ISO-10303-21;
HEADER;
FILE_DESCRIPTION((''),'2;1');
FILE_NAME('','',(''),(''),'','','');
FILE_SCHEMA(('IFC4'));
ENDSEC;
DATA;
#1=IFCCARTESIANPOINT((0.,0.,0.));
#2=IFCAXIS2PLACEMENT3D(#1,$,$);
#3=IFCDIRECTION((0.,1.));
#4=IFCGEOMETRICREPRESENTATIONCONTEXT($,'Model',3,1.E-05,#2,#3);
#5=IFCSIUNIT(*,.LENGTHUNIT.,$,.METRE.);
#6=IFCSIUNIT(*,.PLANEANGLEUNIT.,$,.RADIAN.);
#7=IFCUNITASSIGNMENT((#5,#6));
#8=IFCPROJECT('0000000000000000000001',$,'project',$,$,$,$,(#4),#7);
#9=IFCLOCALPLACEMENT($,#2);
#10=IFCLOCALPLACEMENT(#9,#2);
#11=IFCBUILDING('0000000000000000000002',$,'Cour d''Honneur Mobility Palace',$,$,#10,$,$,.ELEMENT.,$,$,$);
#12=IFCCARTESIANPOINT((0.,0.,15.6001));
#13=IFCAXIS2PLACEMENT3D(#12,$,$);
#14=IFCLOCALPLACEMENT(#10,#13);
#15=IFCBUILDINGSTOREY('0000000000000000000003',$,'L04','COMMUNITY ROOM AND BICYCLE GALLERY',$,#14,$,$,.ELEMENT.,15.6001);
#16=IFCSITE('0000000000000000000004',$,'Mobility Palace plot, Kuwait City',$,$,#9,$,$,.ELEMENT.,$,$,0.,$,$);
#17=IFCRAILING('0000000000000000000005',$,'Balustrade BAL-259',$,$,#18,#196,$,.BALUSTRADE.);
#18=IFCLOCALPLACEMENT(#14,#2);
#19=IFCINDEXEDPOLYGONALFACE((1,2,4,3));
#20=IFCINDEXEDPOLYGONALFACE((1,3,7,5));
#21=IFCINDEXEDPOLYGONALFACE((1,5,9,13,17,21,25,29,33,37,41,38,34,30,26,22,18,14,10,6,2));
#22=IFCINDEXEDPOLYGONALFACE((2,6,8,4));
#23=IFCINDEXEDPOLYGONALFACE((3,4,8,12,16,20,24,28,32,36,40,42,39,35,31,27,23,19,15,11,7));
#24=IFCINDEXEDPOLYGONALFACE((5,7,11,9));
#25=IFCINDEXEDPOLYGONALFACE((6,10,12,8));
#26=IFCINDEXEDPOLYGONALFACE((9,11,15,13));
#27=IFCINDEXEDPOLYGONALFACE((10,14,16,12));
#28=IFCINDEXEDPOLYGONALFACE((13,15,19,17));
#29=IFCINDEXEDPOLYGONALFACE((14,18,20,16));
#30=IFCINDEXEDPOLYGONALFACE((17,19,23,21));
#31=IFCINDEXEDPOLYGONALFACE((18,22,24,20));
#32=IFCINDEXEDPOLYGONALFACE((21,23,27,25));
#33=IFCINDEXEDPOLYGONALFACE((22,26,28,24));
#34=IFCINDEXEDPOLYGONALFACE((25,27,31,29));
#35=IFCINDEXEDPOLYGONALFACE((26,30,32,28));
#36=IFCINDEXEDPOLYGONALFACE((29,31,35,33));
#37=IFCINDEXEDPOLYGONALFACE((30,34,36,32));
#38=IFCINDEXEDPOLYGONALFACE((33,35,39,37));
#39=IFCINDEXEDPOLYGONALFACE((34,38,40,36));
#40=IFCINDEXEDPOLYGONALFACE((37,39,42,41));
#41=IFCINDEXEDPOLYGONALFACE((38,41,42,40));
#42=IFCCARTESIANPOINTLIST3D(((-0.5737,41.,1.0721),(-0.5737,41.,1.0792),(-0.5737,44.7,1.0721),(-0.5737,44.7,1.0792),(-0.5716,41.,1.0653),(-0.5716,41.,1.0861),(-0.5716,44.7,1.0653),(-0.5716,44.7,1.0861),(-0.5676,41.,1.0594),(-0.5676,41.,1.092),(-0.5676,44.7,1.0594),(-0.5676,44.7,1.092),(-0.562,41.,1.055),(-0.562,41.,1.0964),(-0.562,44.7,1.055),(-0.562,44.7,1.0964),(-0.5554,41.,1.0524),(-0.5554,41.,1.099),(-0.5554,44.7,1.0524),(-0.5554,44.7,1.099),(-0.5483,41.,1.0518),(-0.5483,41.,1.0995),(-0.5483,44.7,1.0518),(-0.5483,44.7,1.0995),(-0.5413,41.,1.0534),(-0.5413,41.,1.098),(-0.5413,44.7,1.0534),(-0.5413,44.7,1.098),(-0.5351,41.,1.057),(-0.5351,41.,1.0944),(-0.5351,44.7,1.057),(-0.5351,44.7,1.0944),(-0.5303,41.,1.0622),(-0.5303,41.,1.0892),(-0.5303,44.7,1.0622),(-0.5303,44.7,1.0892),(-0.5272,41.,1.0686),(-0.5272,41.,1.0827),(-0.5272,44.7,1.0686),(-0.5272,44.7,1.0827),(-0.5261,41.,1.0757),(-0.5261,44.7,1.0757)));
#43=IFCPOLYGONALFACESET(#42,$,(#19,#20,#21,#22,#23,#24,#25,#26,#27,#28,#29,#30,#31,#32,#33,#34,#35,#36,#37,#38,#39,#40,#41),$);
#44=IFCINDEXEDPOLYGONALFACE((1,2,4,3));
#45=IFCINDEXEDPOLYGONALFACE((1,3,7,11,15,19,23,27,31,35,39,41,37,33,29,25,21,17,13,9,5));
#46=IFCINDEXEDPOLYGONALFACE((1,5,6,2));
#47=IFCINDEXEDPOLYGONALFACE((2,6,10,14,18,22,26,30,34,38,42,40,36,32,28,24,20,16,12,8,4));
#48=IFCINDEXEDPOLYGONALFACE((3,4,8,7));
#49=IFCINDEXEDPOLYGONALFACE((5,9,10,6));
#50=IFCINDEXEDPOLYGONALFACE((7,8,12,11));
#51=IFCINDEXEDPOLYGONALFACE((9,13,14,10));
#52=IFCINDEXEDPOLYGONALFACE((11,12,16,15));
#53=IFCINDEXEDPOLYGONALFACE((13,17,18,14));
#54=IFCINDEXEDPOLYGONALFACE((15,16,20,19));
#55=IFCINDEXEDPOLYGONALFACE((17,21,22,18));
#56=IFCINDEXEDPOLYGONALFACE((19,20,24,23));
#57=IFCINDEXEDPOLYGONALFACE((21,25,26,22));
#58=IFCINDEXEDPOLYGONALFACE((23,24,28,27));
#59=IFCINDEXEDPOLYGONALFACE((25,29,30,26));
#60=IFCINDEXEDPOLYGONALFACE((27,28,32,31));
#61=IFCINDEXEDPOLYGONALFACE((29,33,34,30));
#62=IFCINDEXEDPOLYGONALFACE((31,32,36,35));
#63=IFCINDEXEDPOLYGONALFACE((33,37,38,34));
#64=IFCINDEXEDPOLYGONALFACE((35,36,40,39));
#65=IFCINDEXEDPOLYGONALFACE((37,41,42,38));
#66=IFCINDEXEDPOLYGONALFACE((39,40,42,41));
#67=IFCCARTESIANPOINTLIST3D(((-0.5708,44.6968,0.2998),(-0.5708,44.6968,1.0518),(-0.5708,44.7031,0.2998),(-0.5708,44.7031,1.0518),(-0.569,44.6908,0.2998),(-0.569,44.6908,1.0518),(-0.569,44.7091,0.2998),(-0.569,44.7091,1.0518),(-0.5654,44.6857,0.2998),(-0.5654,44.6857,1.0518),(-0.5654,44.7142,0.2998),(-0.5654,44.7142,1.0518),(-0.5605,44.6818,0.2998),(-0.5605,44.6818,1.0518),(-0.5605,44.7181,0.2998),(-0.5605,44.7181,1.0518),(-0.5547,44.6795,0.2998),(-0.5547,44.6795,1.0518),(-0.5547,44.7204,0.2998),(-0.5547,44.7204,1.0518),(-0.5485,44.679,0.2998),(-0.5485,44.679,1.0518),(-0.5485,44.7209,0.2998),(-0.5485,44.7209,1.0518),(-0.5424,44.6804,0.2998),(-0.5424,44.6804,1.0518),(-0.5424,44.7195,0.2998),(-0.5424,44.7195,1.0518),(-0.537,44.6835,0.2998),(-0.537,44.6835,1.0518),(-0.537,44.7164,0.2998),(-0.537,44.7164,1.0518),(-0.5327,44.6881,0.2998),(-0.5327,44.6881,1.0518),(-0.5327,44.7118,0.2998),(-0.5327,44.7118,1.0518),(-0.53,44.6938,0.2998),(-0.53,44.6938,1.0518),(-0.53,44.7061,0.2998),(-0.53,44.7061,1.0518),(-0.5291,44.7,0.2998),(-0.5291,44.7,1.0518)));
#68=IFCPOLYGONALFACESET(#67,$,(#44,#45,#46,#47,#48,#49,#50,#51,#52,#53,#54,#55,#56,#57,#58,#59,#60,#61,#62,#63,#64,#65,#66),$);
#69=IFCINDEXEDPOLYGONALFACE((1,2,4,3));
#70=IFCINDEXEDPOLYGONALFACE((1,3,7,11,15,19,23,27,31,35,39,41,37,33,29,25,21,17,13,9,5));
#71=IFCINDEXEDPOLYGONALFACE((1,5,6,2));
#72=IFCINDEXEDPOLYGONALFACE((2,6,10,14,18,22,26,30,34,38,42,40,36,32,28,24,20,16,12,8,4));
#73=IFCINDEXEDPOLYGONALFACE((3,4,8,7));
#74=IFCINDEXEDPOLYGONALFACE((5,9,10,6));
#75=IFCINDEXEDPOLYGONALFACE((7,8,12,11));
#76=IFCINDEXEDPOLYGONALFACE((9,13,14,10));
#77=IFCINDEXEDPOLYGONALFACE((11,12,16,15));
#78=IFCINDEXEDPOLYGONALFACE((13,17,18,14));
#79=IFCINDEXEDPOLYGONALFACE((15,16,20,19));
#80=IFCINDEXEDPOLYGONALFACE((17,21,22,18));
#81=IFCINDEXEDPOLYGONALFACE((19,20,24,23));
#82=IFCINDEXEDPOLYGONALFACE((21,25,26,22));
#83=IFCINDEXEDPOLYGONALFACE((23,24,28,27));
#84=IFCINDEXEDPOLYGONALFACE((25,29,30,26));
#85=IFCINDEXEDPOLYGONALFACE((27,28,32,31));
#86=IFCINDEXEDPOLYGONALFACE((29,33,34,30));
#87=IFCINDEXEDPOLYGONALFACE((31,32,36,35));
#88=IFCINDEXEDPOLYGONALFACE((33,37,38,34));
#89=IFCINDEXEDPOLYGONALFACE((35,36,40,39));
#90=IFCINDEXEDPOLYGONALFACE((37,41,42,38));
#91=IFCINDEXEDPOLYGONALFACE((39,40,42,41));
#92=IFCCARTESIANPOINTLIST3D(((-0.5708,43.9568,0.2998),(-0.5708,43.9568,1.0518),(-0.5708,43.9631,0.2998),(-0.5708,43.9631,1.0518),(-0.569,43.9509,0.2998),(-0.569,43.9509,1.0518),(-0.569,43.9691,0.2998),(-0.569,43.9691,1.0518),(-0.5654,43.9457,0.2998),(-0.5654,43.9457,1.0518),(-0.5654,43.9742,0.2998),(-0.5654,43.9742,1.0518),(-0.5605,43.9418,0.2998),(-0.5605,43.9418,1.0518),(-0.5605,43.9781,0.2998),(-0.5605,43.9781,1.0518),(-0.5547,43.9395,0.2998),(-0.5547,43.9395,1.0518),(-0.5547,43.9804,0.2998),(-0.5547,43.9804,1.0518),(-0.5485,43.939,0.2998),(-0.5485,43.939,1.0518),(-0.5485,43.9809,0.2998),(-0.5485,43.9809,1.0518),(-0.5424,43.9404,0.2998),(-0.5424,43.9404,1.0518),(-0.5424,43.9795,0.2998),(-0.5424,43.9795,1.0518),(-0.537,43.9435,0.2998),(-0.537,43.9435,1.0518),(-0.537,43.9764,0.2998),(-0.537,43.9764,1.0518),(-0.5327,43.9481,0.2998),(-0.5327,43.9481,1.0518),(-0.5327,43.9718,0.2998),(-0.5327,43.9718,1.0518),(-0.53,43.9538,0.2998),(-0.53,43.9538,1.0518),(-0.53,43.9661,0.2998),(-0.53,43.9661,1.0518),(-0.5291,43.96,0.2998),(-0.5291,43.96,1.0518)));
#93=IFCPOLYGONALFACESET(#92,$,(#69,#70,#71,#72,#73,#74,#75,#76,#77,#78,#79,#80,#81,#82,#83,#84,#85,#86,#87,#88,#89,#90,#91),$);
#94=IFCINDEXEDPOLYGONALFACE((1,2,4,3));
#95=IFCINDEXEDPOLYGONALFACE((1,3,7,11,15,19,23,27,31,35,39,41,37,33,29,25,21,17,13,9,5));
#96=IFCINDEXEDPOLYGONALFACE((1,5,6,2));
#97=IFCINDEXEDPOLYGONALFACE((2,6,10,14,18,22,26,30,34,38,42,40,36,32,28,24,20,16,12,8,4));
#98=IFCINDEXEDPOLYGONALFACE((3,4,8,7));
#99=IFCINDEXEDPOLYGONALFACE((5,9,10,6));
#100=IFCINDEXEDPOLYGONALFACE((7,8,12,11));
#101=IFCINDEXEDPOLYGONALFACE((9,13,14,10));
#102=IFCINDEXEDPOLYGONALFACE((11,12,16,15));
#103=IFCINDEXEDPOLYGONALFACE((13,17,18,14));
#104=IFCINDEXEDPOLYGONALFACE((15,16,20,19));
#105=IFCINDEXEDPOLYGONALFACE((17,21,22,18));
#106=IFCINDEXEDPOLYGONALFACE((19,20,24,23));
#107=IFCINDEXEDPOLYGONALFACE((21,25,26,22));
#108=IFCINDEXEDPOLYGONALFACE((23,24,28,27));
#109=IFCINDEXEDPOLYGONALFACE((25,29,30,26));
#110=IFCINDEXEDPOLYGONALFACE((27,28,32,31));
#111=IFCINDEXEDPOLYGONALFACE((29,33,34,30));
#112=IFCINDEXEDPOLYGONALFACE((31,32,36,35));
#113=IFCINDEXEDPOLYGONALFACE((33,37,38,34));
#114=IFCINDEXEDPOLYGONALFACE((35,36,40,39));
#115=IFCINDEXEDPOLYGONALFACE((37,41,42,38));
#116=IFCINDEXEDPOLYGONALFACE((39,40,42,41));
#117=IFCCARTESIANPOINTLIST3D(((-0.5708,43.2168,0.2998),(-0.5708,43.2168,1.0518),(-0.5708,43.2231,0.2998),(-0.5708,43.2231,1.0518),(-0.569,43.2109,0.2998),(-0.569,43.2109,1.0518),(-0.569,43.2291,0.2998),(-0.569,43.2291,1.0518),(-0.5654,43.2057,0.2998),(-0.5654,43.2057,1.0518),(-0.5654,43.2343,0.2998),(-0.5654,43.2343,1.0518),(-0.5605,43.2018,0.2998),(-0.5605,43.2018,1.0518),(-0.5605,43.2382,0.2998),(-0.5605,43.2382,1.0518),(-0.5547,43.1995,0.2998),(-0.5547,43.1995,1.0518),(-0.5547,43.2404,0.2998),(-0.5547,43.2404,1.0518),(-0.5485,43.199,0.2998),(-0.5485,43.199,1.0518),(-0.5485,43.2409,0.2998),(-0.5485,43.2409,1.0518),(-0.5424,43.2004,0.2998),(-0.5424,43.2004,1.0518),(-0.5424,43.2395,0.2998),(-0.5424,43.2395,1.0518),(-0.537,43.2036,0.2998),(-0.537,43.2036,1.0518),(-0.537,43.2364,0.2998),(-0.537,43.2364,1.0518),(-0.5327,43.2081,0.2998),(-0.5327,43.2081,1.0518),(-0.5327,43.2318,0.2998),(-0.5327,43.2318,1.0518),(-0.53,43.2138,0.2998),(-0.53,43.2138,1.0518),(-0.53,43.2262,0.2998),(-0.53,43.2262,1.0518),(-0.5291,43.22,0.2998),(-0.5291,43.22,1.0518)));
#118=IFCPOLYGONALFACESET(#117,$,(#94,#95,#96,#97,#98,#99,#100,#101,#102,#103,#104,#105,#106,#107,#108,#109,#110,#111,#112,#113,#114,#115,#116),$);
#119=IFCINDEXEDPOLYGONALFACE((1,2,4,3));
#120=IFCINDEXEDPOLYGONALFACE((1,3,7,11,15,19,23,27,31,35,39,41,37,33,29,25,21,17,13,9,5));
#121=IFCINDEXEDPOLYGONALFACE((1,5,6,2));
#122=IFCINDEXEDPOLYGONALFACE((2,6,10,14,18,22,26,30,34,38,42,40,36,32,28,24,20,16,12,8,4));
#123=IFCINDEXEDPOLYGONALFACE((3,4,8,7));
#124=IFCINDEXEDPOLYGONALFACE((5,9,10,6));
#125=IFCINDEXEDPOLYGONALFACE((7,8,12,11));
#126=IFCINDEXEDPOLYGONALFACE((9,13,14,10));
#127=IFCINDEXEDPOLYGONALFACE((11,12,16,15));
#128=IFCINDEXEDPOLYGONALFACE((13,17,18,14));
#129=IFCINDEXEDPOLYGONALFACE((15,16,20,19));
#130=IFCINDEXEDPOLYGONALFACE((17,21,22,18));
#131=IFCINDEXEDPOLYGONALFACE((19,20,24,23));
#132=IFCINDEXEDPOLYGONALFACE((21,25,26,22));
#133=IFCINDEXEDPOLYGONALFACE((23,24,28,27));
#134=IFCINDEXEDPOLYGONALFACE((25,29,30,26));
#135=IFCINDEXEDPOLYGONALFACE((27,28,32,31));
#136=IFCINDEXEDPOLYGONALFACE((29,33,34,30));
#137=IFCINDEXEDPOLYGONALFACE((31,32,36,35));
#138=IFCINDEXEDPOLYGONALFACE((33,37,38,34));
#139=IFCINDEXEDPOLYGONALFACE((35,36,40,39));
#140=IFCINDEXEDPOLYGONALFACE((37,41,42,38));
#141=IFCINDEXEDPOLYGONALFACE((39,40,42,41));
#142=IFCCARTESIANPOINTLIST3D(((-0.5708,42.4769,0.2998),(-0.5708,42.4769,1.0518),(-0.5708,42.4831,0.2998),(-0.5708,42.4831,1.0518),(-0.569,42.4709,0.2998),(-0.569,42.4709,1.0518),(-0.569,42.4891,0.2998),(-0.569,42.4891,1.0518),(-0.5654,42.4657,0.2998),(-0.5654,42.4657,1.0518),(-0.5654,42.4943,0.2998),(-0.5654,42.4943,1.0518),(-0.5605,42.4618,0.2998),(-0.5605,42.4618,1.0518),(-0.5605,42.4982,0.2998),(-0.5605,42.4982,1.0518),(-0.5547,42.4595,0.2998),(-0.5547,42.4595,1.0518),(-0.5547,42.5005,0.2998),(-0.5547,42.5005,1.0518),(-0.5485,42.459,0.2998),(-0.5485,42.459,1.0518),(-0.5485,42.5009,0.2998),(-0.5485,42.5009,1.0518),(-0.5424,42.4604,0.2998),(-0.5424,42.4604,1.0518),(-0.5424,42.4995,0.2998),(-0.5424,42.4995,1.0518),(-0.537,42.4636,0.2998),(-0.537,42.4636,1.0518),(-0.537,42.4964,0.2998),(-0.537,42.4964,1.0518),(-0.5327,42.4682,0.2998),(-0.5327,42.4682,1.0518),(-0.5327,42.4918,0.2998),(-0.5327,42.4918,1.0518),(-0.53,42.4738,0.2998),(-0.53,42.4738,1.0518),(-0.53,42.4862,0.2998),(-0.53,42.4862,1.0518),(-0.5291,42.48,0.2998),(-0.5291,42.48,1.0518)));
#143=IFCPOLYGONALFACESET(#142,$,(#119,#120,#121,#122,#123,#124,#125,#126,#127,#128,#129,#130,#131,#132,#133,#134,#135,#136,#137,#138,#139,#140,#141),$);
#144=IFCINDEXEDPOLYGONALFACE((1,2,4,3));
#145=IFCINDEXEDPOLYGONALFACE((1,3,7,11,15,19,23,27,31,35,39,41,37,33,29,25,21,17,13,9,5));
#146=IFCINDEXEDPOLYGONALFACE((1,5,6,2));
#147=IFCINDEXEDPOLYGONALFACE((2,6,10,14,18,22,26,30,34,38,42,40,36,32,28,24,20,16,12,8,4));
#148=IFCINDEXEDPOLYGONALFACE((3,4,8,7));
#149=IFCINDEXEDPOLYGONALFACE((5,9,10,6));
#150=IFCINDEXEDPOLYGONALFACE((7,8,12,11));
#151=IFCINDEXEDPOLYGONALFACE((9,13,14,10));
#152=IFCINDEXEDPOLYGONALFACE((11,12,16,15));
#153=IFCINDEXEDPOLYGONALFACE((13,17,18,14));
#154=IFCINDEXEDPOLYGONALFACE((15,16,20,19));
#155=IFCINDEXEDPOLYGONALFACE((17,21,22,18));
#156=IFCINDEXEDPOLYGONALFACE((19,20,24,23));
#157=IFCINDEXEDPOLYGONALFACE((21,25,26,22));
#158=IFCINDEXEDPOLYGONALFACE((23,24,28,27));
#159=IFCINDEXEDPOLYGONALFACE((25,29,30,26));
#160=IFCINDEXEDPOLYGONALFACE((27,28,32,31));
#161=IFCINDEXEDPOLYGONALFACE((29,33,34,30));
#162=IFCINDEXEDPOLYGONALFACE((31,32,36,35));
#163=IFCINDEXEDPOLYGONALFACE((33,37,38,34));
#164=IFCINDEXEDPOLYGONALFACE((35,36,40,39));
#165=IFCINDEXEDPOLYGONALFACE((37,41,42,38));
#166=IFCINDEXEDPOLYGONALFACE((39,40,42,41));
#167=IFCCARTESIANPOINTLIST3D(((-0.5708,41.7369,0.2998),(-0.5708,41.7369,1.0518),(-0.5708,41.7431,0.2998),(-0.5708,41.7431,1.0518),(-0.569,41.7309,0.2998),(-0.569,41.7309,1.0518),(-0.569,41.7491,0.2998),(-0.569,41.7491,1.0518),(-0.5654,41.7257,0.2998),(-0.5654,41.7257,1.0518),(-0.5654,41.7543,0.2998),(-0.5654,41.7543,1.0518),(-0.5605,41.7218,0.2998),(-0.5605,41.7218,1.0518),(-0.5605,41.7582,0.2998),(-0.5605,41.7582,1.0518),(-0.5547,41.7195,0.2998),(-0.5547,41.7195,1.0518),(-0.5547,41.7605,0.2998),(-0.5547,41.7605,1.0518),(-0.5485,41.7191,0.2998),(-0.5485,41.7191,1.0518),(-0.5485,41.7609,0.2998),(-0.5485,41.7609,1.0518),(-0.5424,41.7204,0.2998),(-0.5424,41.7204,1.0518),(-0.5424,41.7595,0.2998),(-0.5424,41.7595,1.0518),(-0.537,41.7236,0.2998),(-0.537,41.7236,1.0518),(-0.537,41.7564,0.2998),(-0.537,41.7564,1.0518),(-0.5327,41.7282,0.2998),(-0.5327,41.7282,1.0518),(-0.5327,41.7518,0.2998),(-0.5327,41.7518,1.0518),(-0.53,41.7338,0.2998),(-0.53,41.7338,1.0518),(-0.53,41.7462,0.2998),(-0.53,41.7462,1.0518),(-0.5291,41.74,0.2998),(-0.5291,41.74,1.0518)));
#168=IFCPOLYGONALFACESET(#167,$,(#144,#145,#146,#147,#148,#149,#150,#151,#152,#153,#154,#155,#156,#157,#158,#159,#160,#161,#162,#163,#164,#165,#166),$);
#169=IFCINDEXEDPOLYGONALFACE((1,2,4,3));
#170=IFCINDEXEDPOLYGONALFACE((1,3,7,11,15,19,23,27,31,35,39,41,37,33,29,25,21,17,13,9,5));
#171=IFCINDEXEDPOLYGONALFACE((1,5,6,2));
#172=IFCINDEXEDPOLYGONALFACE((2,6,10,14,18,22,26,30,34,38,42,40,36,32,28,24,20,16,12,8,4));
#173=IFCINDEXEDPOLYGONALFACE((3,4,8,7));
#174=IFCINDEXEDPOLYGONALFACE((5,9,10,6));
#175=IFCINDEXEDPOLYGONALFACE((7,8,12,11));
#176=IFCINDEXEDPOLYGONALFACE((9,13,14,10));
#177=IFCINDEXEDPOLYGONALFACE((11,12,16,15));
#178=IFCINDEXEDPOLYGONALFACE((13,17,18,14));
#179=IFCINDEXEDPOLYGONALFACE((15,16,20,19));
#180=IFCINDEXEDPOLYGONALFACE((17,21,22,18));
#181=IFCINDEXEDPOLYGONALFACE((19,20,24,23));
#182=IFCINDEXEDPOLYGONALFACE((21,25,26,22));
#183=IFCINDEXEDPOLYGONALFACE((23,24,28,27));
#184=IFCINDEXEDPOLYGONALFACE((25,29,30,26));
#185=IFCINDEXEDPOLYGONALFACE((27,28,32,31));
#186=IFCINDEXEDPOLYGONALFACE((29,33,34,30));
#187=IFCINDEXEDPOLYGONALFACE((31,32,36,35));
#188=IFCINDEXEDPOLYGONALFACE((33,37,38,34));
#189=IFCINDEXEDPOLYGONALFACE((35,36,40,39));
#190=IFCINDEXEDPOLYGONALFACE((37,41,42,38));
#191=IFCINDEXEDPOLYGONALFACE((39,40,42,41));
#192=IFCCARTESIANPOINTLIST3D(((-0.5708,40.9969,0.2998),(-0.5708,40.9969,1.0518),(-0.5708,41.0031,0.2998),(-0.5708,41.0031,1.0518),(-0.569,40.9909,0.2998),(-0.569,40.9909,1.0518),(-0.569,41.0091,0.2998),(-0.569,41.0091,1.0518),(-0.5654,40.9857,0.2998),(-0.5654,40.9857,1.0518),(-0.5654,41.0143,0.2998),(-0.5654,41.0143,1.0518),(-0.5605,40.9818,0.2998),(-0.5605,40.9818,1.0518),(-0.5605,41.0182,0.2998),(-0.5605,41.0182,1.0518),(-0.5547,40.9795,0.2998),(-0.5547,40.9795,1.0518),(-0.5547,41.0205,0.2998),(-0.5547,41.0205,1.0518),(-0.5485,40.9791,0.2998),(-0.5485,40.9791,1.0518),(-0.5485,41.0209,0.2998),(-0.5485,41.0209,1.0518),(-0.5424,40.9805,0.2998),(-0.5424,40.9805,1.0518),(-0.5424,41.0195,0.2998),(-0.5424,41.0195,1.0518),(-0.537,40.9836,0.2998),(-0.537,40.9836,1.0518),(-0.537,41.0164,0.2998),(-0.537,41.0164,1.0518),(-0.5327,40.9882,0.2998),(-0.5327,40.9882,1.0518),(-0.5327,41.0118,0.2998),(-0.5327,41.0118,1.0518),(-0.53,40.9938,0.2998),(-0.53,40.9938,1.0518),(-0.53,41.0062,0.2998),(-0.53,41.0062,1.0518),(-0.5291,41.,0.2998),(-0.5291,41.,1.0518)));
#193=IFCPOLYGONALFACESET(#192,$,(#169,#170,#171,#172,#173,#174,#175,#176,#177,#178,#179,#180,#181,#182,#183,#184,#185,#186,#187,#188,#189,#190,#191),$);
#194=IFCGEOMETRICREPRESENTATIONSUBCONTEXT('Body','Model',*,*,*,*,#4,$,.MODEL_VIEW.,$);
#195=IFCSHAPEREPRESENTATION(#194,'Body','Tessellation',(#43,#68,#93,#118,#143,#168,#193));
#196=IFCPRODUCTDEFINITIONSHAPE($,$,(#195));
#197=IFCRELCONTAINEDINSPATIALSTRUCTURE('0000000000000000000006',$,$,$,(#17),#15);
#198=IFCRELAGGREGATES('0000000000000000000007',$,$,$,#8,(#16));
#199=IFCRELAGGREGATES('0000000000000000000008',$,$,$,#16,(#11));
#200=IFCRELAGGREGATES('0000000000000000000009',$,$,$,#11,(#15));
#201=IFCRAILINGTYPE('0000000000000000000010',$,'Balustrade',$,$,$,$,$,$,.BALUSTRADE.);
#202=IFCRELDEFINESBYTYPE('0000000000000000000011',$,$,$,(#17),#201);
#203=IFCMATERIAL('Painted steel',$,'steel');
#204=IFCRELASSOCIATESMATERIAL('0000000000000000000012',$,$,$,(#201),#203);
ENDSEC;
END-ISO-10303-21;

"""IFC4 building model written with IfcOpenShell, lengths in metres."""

from ifc_helpers import new_model, si_unit, direction, frame, origin, origin_2d, place, context, subcontext, project, spatial, circle, extrude, material, type_object, element, save


model = new_model("IFC4")

# Units and contexts
model_context = context("Model", 3, precision=1e-05, world=origin(), true_north=direction((0.0, 1.0)))
body_context = subcontext(model_context, "Body", "Model", "MODEL_VIEW")
ifc_project = project(units=[si_unit("LENGTHUNIT", "METRE"), si_unit("PLANEANGLEUNIT", "RADIAN")], contexts=[model_context])

# Site, building, storey
site_placement = place(None, origin())
site = spatial("IfcSite", under=ifc_project, at=site_placement, Name="Mobility Palace plot, Kuwait City", CompositionType="ELEMENT", RefElevation=0.0)
building_placement = place(site_placement, origin())
building = spatial("IfcBuilding", under=site, at=building_placement, Name="Cour d'Honneur Mobility Palace", CompositionType="ELEMENT")
storey_placement = place(building_placement, frame((0.0, 0.0, 15.6001)))
storey = spatial("IfcBuildingStorey", under=building, at=storey_placement, Name="L04", Description="COMMUNITY ROOM AND BICYCLE GALLERY", CompositionType="ELEMENT", Elevation=15.6001)

# Railing
ifc_material_1 = material(Name="Painted steel", Category="steel")
railing_type_1 = type_object("IfcRailingType", Name="Balustrade", PredefinedType="BALUSTRADE", material=ifc_material_1)
railing_1_placement = place(storey_placement, frame((-0.55, 44.7, 0.2998)))
element("IfcRailing", 1, at=railing_1_placement, inside=storey, type_object=railing_type_1, Name="Balustrade BAL-259", PredefinedType="BALUSTRADE", context=body_context, shape_type="SweptSolid", body=[
    extrude(circle(Radius=0.0239, at=origin_2d()), frame((0.0, 0.0, 0.7759), z_axis=(0.0, -1.0, 0.0), x_axis=(1.0, 0.0, 0.0)), (0.0, 0.0, 1.0), 3.7),
    extrude(circle(Radius=0.021, at=origin_2d()), origin(), (0.0, 0.0, 1.0), 0.752),
    extrude(circle(Radius=0.021, at=origin_2d()), frame((0.0, -0.74, 0.0)), (0.0, 0.0, 1.0), 0.752),
    extrude(circle(Radius=0.021, at=origin_2d()), frame((0.0, -1.48, 0.0)), (0.0, 0.0, 1.0), 0.752),
    extrude(circle(Radius=0.021, at=origin_2d()), frame((0.0, -2.22, 0.0)), (0.0, 0.0, 1.0), 0.752),
    extrude(circle(Radius=0.021, at=origin_2d()), frame((0.0, -2.96, 0.0)), (0.0, 0.0, 1.0), 0.752),
    extrude(circle(Radius=0.021, at=origin_2d()), frame((0.0, -3.7, 0.0)), (0.0, 0.0, 1.0), 0.752),
])

save(model, "model.ifc")
